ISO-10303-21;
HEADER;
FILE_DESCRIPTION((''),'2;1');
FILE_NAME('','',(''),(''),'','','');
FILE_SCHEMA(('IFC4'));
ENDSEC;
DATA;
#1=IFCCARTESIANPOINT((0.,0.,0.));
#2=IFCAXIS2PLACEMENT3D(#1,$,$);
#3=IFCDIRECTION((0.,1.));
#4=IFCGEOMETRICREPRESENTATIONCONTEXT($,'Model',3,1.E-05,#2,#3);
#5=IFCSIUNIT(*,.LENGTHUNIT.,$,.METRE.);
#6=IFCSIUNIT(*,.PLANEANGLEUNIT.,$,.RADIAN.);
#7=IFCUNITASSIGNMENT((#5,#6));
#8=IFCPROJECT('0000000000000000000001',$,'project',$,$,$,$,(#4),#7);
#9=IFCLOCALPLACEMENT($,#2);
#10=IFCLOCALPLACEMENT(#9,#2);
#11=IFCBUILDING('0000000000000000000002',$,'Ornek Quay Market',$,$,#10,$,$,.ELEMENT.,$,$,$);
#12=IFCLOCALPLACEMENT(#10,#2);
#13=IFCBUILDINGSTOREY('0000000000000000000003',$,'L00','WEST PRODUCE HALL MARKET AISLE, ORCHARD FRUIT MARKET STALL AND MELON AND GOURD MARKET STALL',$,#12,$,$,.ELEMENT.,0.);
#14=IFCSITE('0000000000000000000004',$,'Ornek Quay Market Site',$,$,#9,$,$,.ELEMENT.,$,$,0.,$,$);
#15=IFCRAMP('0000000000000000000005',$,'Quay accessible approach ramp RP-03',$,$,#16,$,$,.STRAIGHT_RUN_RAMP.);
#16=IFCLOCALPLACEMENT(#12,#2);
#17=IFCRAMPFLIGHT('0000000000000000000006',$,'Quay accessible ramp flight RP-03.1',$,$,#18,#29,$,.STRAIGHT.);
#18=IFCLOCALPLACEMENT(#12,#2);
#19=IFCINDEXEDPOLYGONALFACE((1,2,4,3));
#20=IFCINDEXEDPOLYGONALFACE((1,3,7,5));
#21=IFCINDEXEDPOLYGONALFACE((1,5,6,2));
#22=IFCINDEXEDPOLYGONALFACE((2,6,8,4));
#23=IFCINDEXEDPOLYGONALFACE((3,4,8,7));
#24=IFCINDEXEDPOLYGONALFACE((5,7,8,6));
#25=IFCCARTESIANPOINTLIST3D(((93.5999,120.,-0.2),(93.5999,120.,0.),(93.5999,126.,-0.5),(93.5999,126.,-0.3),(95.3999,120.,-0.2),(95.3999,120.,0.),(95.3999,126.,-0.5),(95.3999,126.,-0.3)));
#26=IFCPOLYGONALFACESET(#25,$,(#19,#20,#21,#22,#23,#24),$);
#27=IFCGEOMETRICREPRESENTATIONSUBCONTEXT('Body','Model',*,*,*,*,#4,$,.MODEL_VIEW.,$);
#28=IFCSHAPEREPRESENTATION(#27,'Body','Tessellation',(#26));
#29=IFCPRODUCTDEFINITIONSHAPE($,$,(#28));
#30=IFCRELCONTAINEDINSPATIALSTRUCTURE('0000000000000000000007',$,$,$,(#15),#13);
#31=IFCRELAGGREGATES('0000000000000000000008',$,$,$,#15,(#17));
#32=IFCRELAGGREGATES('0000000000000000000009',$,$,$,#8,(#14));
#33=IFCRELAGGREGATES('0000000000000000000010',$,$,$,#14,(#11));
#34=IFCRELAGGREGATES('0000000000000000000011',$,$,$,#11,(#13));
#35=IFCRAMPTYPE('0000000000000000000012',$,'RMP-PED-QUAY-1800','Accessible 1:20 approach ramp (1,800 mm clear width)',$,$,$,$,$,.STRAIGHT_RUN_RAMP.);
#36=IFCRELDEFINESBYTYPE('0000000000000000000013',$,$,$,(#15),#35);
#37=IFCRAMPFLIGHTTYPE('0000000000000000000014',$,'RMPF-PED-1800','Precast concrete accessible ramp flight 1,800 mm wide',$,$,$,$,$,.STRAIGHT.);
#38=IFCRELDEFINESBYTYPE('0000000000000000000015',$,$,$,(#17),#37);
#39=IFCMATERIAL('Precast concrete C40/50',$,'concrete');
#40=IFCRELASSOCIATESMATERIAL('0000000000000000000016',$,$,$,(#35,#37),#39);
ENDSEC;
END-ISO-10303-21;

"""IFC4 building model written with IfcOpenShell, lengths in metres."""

from ifc_helpers import new_model, si_unit, direction, frame, origin, place, context, subcontext, project, spatial, polyline, outline, extrude, material, type_object, element, aggregate, save


model = new_model("IFC4")

# Units and contexts
model_context = context("Model", 3, precision=1e-05, world=origin(), true_north=direction((0.0, 1.0)))
body_context = subcontext(model_context, "Body", "Model", "MODEL_VIEW")
ifc_project = project(units=[si_unit("LENGTHUNIT", "METRE"), si_unit("PLANEANGLEUNIT", "RADIAN")], contexts=[model_context])

# Site, building, storey
site_placement = place(None, origin())
site = spatial("IfcSite", under=ifc_project, at=site_placement, Name="Ornek Quay Market Site", CompositionType="ELEMENT", RefElevation=0.0)
building_placement = place(site_placement, origin())
building = spatial("IfcBuilding", under=site, at=building_placement, Name="Ornek Quay Market", CompositionType="ELEMENT")
storey_placement = place(building_placement, origin())
storey = spatial("IfcBuildingStorey", under=building, at=storey_placement, Name="L00", Description="WEST PRODUCE HALL MARKET AISLE, ORCHARD FRUIT MARKET STALL AND MELON AND GOURD MARKET STALL", CompositionType="ELEMENT", Elevation=0.0)

# Ramp, ramp flight
ifc_material_1 = material(Name="Precast concrete C40/50", Category="concrete")
ramp_type = type_object("IfcRampType", Name="RMP-PED-QUAY-1800", Description="Accessible 1:20 approach ramp (1,800 mm clear width)", PredefinedType="STRAIGHT_RUN_RAMP", material=ifc_material_1)
ramp_placement = place(storey_placement, origin())
ramp = element("IfcRamp", 1, at=ramp_placement, inside=storey, type_object=ramp_type, Name="Quay accessible approach ramp RP-03", PredefinedType="STRAIGHT_RUN_RAMP")
ramp_flight_type = type_object("IfcRampFlightType", Name="RMPF-PED-1800", Description="Precast concrete accessible ramp flight 1,800 mm wide", PredefinedType="STRAIGHT", material=ifc_material_1)
ramp_flight_placement = place(storey_placement, frame((94.5, 126.0, -0.3), z_axis=(0.0, 0.0, 1.0), x_axis=(0.0, -1.0, 0.0)))
ramp_flight = element("IfcRampFlight", 2, at=ramp_flight_placement, type_object=ramp_flight_type, Name="Quay accessible ramp flight RP-03.1", PredefinedType="STRAIGHT", context=body_context, shape_type="SweptSolid", body=[
    extrude(outline(polyline([(0.0, 0.0), (6.0, 0.3), (6.0, 0.1001), (0.0, -0.2), (0.0, 0.0)])), frame((0.0, 0.8999, 0.0), z_axis=(0.0, -1.0, 0.0), x_axis=(1.0, 0.0, 0.0)), (0.0, 0.0, 1.0), 1.8),
])
aggregate(ramp, [ramp_flight])

save(model, "model.ifc")
